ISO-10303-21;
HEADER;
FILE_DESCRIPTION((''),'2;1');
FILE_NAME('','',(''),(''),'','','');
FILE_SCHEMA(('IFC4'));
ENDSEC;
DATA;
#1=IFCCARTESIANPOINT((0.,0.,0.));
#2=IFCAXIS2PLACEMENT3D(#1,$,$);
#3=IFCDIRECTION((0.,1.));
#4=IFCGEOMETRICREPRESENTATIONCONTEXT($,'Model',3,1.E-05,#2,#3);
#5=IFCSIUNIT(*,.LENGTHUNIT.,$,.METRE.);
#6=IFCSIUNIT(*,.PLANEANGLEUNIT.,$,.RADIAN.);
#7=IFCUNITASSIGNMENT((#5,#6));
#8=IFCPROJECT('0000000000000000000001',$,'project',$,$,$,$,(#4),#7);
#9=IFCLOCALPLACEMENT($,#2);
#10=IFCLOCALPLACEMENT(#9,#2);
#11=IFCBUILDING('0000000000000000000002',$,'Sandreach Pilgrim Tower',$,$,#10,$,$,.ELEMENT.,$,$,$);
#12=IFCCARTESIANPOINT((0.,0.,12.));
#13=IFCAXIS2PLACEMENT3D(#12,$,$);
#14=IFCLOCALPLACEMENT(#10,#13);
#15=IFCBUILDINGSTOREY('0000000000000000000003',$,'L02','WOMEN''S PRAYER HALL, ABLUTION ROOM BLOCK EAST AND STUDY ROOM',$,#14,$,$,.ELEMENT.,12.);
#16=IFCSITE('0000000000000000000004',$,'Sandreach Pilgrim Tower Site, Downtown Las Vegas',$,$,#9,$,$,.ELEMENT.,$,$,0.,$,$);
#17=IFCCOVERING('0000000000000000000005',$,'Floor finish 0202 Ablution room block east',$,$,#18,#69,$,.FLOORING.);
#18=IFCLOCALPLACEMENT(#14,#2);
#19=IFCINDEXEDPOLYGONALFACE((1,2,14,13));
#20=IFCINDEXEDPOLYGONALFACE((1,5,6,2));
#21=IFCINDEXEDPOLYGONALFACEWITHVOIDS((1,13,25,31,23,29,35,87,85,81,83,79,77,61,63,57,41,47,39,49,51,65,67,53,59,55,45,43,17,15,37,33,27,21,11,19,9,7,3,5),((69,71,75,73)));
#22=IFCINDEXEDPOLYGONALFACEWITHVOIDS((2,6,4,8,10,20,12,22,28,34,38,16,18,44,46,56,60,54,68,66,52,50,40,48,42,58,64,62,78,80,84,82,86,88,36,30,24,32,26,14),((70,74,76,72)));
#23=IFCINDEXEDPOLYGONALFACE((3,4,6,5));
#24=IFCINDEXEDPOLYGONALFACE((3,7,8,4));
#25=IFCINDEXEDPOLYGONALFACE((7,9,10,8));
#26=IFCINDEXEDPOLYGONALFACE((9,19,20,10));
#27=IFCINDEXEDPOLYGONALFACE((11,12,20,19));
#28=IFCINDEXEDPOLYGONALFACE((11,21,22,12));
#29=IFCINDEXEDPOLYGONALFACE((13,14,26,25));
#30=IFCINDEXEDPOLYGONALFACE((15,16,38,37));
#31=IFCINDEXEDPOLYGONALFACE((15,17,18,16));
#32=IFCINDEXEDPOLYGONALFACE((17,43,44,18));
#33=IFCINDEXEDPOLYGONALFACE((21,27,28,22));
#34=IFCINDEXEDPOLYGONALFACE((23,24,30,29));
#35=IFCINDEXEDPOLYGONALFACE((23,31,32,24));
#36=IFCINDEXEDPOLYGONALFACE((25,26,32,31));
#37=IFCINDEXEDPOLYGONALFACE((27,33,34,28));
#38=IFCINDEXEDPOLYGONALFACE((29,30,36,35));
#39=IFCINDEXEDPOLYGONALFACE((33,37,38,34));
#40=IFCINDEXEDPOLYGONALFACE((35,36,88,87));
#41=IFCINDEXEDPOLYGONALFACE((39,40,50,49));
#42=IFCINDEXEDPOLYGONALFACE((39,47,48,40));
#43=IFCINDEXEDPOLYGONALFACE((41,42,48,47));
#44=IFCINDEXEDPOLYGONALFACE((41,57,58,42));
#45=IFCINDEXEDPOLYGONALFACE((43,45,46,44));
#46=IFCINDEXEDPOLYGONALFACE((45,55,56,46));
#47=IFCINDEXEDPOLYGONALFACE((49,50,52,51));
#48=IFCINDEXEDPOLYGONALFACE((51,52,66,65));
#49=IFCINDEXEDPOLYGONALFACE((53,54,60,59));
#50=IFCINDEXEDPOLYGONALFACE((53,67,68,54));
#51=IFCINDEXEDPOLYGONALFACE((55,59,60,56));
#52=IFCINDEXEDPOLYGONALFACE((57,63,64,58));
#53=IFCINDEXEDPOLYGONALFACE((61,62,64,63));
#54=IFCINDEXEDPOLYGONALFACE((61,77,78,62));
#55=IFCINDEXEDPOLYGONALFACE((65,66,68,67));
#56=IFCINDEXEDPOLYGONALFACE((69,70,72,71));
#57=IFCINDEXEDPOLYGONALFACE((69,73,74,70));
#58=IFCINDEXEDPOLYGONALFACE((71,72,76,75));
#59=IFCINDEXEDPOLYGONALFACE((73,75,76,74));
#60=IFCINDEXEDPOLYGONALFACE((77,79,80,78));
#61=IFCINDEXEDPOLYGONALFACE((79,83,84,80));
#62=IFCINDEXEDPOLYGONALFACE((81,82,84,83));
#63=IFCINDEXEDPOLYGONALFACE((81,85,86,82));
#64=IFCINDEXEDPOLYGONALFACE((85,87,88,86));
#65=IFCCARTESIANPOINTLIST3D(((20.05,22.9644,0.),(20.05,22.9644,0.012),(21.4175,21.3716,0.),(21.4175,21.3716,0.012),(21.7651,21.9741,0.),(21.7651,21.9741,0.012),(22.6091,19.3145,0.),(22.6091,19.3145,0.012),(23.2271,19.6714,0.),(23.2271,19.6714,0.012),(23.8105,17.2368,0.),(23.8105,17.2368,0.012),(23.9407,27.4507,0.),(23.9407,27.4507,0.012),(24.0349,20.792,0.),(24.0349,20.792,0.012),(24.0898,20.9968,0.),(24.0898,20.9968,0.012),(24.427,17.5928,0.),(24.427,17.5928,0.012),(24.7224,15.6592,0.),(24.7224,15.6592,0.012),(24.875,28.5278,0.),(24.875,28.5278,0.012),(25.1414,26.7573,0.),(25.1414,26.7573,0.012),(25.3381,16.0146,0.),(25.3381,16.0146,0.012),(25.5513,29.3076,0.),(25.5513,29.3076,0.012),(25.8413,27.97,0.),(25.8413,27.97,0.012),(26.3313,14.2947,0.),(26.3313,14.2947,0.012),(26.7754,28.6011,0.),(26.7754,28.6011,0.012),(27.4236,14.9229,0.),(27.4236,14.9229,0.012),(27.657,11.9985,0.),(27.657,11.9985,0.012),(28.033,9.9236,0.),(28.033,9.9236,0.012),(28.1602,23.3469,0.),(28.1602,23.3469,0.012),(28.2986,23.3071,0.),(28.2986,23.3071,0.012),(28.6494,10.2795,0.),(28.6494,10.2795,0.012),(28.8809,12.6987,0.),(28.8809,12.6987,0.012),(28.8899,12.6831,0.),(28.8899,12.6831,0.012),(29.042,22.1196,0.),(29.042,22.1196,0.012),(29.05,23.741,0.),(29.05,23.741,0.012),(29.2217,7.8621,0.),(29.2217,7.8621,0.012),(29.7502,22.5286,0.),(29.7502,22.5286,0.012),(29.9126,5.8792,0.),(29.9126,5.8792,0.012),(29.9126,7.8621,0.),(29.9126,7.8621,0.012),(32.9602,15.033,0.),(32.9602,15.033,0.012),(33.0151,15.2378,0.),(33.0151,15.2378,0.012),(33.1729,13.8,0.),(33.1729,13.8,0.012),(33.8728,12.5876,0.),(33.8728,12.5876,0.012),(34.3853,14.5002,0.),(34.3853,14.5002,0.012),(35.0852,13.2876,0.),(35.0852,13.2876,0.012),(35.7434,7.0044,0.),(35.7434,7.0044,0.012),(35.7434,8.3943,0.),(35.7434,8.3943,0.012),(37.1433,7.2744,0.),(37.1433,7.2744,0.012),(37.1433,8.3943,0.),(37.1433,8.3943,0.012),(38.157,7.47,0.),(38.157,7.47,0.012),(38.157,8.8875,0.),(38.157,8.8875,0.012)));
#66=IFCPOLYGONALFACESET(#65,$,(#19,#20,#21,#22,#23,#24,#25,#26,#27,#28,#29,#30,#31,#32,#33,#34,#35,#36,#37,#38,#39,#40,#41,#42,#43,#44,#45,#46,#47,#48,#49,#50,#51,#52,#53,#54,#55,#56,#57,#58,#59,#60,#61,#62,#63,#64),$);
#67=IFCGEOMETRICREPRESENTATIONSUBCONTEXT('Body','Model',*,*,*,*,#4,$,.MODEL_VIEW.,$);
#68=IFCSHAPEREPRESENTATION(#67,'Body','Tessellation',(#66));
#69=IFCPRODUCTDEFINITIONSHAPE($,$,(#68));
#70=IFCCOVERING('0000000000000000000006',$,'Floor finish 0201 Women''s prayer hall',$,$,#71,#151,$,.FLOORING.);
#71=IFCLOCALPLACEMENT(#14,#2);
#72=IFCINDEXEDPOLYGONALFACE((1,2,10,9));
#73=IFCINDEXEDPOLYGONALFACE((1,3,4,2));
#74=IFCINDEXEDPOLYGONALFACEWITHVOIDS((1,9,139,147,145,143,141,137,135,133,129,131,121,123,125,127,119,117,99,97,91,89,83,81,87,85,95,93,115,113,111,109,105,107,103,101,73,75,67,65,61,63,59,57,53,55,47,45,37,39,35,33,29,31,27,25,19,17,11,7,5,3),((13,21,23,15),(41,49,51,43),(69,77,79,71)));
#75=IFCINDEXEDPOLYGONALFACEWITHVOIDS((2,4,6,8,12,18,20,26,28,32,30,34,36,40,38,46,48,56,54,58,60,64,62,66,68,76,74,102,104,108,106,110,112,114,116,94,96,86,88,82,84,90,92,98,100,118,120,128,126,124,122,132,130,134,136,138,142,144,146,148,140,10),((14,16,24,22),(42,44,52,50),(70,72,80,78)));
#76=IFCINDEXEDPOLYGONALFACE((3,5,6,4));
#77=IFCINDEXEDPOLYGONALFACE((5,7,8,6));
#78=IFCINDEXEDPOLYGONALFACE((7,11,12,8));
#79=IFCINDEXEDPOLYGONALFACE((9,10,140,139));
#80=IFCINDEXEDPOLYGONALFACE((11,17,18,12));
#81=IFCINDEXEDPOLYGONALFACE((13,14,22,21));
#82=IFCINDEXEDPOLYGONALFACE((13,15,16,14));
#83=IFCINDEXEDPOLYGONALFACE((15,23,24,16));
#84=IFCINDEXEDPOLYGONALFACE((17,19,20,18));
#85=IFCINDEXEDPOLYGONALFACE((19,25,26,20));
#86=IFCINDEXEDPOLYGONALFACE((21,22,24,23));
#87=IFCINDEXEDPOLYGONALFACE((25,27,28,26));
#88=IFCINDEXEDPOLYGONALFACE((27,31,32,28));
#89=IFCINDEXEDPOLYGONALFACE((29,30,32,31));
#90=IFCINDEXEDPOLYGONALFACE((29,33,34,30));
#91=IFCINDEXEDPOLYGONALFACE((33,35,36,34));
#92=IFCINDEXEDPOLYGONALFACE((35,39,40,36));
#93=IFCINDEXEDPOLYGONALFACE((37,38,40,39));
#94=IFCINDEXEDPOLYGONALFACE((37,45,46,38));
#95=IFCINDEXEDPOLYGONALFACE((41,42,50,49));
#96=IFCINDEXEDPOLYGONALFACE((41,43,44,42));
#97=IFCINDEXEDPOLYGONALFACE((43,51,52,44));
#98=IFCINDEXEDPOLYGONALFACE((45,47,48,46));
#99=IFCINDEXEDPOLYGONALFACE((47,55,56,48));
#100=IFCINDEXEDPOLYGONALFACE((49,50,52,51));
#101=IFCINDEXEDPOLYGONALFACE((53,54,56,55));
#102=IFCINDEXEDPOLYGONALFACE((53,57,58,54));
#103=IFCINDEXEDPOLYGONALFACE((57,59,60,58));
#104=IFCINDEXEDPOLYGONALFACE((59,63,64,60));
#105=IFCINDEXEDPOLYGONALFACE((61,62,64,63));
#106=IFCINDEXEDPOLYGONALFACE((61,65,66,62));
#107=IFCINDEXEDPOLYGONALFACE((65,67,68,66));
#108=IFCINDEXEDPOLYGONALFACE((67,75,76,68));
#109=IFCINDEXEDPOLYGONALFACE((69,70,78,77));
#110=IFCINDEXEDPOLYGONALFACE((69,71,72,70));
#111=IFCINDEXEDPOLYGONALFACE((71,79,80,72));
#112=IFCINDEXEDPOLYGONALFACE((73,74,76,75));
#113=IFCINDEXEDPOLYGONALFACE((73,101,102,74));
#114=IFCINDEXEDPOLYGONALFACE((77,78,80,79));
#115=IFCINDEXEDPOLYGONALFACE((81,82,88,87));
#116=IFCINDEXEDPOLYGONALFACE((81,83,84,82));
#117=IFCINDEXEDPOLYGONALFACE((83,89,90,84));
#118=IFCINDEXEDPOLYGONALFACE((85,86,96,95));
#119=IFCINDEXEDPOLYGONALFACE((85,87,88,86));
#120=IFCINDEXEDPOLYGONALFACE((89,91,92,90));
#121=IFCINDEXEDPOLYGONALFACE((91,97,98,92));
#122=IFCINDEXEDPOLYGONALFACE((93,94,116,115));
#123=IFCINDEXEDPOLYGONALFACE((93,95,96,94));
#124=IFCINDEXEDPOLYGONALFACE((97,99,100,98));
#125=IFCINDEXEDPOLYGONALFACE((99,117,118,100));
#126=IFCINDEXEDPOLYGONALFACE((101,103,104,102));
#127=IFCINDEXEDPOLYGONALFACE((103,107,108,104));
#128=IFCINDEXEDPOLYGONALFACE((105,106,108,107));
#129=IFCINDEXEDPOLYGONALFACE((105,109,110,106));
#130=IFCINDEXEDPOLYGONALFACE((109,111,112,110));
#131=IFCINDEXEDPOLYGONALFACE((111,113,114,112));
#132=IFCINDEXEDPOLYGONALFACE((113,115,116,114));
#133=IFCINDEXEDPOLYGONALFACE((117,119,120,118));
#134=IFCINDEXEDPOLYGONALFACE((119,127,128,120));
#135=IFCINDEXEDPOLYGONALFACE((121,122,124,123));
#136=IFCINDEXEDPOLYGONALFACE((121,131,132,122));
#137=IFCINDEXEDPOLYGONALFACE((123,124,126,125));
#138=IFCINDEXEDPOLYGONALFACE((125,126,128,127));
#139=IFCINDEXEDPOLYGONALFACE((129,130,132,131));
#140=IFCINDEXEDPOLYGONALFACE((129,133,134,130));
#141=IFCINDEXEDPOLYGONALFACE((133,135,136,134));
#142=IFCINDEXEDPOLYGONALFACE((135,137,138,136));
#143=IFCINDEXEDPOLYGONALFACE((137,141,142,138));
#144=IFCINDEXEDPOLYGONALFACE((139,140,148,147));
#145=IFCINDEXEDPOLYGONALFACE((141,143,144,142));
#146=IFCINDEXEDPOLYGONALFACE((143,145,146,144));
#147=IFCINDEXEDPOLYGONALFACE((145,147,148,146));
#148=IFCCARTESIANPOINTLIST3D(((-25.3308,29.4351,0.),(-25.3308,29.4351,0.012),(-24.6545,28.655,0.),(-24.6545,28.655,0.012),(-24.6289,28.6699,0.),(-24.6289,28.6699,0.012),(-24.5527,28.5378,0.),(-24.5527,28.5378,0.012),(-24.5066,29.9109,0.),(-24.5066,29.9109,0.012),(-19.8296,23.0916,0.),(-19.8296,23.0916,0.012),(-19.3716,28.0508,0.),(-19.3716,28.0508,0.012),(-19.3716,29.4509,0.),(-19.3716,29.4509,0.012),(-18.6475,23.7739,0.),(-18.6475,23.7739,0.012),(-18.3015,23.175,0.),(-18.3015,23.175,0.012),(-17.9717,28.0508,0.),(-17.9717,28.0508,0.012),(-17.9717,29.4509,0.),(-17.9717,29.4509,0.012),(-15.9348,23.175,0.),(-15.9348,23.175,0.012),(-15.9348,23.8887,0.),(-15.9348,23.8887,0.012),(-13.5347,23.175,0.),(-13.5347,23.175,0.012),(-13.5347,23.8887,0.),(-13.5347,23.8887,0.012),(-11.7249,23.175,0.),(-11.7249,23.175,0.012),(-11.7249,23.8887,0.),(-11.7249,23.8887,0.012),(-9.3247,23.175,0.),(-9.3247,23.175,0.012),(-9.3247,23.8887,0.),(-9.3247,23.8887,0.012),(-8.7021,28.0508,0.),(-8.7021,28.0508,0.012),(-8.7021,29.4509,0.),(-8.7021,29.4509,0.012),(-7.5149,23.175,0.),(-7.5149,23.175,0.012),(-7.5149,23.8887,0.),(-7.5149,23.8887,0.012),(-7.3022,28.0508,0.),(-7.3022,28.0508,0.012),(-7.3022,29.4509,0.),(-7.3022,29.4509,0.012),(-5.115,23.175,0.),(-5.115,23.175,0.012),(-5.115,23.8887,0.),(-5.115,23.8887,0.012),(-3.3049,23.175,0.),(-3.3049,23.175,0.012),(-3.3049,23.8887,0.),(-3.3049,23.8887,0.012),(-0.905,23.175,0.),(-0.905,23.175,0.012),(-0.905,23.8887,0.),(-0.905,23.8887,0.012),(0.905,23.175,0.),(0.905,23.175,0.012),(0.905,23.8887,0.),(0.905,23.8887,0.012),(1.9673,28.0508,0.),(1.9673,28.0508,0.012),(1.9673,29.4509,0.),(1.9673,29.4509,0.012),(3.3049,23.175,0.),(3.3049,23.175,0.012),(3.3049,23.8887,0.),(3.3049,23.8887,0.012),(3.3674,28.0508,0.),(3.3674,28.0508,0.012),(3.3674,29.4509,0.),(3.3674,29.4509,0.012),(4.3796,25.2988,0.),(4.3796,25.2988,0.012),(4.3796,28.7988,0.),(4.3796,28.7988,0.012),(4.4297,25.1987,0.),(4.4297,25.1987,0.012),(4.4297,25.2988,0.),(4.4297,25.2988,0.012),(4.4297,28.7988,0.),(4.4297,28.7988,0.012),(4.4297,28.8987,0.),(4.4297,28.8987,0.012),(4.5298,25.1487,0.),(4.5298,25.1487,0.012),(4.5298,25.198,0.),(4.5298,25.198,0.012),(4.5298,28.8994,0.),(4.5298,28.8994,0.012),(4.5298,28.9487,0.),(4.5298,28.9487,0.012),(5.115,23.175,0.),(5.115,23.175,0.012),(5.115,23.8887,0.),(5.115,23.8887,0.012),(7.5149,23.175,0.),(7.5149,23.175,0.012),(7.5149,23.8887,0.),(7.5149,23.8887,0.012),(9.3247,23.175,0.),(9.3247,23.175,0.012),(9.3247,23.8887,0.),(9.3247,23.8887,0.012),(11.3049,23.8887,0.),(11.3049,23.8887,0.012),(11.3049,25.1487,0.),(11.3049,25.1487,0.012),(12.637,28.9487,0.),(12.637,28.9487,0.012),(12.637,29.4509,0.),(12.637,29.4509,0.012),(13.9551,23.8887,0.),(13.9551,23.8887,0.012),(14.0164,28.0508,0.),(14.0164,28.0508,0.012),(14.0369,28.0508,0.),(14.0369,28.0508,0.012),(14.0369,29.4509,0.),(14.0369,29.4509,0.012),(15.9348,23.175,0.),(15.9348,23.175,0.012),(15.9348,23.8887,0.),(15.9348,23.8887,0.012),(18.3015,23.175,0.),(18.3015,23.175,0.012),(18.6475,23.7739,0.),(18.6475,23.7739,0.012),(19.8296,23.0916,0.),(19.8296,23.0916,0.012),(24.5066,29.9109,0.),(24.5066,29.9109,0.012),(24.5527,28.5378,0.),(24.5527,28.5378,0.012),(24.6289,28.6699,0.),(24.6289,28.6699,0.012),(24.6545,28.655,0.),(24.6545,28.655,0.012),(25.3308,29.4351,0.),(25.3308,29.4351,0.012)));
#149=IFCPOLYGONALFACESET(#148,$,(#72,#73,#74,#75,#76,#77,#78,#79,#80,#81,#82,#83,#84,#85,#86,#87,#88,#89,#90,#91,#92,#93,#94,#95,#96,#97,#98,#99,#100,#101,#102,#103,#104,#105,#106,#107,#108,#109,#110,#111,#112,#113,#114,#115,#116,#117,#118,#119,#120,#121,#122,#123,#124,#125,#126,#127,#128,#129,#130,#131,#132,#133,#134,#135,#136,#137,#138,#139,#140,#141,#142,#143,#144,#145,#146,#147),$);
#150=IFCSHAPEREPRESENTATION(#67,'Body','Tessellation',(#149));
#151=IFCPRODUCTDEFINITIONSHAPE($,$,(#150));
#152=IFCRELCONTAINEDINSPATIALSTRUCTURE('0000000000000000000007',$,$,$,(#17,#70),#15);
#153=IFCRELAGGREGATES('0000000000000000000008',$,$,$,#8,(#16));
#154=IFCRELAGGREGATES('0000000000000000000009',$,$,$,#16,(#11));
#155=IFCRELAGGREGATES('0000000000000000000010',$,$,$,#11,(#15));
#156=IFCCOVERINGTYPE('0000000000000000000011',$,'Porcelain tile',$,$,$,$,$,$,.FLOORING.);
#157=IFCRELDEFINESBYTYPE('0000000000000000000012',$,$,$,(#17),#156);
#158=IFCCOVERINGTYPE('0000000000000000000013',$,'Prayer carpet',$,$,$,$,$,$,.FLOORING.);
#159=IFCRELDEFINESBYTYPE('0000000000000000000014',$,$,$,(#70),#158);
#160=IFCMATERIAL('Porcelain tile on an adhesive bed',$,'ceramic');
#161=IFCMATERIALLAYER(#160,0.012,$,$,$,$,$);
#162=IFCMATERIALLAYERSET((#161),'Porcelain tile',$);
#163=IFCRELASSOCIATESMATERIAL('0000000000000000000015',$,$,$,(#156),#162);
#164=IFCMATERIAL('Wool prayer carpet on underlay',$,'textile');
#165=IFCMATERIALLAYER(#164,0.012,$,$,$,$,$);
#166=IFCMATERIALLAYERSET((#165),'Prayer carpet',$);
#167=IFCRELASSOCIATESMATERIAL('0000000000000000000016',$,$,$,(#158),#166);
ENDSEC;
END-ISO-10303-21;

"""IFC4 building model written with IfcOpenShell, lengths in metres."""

from ifc_helpers import new_model, si_unit, direction, frame, origin, place, context, subcontext, project, spatial, polyline, outline, extrude, material, layer, layer_set, type_object, element, save


model = new_model("IFC4")

# Units and contexts
model_context = context("Model", 3, precision=1e-05, world=origin(), true_north=direction((0.0, 1.0)))
body_context = subcontext(model_context, "Body", "Model", "MODEL_VIEW")
ifc_project = project(units=[si_unit("LENGTHUNIT", "METRE"), si_unit("PLANEANGLEUNIT", "RADIAN")], contexts=[model_context])

# Site, building, storey
site_placement = place(None, origin())
site = spatial("IfcSite", under=ifc_project, at=site_placement, Name="Sandreach Pilgrim Tower Site, Downtown Las Vegas", CompositionType="ELEMENT", RefElevation=0.0)
building_placement = place(site_placement, origin())
building = spatial("IfcBuilding", under=site, at=building_placement, Name="Sandreach Pilgrim Tower", CompositionType="ELEMENT")
storey_placement = place(building_placement, frame((0.0, 0.0, 12.0)))
storey = spatial("IfcBuildingStorey", under=building, at=storey_placement, Name="L02", Description="WOMEN'S PRAYER HALL, ABLUTION ROOM BLOCK EAST AND STUDY ROOM", CompositionType="ELEMENT", Elevation=12.0)

# Coverings
ifc_material_1 = material(Name="Porcelain tile on an adhesive bed", Category="ceramic")
ifc_layer_1 = layer(ifc_material_1, 0.012)
ifc_layer_set_1 = layer_set([ifc_layer_1], Name="Porcelain tile")
covering_type_1 = type_object("IfcCoveringType", Name="Porcelain tile", PredefinedType="FLOORING", material=ifc_layer_set_1)
covering_1_placement = place(storey_placement, origin())
element("IfcCovering", 1, at=covering_1_placement, inside=storey, type_object=covering_type_1, Name="Floor finish 0202 Ablution room block east", PredefinedType="FLOORING", context=body_context, shape_type="SweptSolid", body=[
    extrude(outline(polyline([(24.0349, 20.792), (27.4236, 14.9229), (26.3313, 14.2947), (25.3381, 16.0146), (24.7224, 15.6592), (23.8105, 17.2368), (24.427, 17.5928), (23.2271, 19.6714), (22.6091, 19.3145), (21.4175, 21.3716), (21.7651, 21.9741), (20.05, 22.9644), (23.9407, 27.4507), (25.1414, 26.7573), (25.8413, 27.97), (24.875, 28.5278), (25.5513, 29.3076), (26.7754, 28.6011), (38.157, 8.8875), (38.157, 7.47), (37.1433, 7.2744), (37.1433, 8.3943), (35.7434, 8.3943), (35.7434, 7.0044), (29.9126, 5.8792), (29.9126, 7.8621), (29.2217, 7.8621), (28.033, 9.9236), (28.6494, 10.2795), (27.657, 11.9985), (28.8809, 12.6987), (28.8899, 12.6831), (32.9602, 15.033), (33.0151, 15.2378), (29.042, 22.1196), (29.7502, 22.5286), (29.05, 23.741), (28.2986, 23.3071), (28.1602, 23.3469), (24.0898, 20.9968), (24.0349, 20.792)]), holes=[polyline([(35.0852, 13.2876), (34.3853, 14.5002), (33.1729, 13.8), (33.8728, 12.5876), (35.0852, 13.2876)])]), origin(), (0.0, 0.0, 1.0), 0.012),
])
ifc_material_2 = material(Name="Wool prayer carpet on underlay", Category="textile")
ifc_layer_2 = layer(ifc_material_2, 0.012)
ifc_layer_set_2 = layer_set([ifc_layer_2], Name="Prayer carpet")
covering_type_2 = type_object("IfcCoveringType", Name="Prayer carpet", PredefinedType="FLOORING", material=ifc_layer_set_2)
covering_2_placement = place(storey_placement, origin())
element("IfcCovering", 2, at=covering_2_placement, inside=storey, type_object=covering_type_2, Name="Floor finish 0201 Women's prayer hall", PredefinedType="FLOORING", context=body_context, shape_type="SweptSolid", body=[
    extrude(outline(polyline([(-24.5066, 29.9109), (24.5066, 29.9109), (25.3308, 29.4351), (24.6545, 28.655), (24.6289, 28.6699), (24.5527, 28.5378), (19.8296, 23.0916), (18.6475, 23.7739), (18.3015, 23.175), (15.9348, 23.175), (15.9348, 23.8887), (13.9551, 23.8887), (14.0164, 28.0508), (14.0369, 28.0508), (14.0369, 29.4509), (12.637, 29.4509), (12.637, 28.9487), (4.5298, 28.9487), (4.5298, 28.8994), (4.4297, 28.8987), (4.4297, 28.7988), (4.3796, 28.7988), (4.3796, 25.2988), (4.4297, 25.2988), (4.4297, 25.1987), (4.5298, 25.198), (4.5298, 25.1487), (11.3049, 25.1487), (11.3049, 23.8887), (9.3247, 23.8887), (9.3247, 23.175), (7.5149, 23.175), (7.5149, 23.8887), (5.115, 23.8887), (5.115, 23.175), (3.3049, 23.175), (3.3049, 23.8887), (0.905, 23.8887), (0.905, 23.175), (-0.905, 23.175), (-0.905, 23.8887), (-3.3049, 23.8887), (-3.3049, 23.175), (-5.115, 23.175), (-5.115, 23.8887), (-7.5149, 23.8887), (-7.5149, 23.175), (-9.3247, 23.175), (-9.3247, 23.8887), (-11.7249, 23.8887), (-11.7249, 23.175), (-13.5347, 23.175), (-13.5347, 23.8887), (-15.9348, 23.8887), (-15.9348, 23.175), (-18.3015, 23.175), (-18.6475, 23.7739), (-19.8296, 23.0916), (-24.5527, 28.5378), (-24.6289, 28.6699), (-24.6545, 28.655), (-25.3308, 29.4351), (-24.5066, 29.9109)]), holes=[polyline([(1.9673, 29.4509), (1.9673, 28.0508), (3.3674, 28.0508), (3.3674, 29.4509), (1.9673, 29.4509)]), polyline([(-8.7021, 29.4509), (-8.7021, 28.0508), (-7.3022, 28.0508), (-7.3022, 29.4509), (-8.7021, 29.4509)]), polyline([(-19.3716, 29.4509), (-19.3716, 28.0508), (-17.9717, 28.0508), (-17.9717, 29.4509), (-19.3716, 29.4509)])]), origin(), (0.0, 0.0, 1.0), 0.012),
])

save(model, "model.ifc")
